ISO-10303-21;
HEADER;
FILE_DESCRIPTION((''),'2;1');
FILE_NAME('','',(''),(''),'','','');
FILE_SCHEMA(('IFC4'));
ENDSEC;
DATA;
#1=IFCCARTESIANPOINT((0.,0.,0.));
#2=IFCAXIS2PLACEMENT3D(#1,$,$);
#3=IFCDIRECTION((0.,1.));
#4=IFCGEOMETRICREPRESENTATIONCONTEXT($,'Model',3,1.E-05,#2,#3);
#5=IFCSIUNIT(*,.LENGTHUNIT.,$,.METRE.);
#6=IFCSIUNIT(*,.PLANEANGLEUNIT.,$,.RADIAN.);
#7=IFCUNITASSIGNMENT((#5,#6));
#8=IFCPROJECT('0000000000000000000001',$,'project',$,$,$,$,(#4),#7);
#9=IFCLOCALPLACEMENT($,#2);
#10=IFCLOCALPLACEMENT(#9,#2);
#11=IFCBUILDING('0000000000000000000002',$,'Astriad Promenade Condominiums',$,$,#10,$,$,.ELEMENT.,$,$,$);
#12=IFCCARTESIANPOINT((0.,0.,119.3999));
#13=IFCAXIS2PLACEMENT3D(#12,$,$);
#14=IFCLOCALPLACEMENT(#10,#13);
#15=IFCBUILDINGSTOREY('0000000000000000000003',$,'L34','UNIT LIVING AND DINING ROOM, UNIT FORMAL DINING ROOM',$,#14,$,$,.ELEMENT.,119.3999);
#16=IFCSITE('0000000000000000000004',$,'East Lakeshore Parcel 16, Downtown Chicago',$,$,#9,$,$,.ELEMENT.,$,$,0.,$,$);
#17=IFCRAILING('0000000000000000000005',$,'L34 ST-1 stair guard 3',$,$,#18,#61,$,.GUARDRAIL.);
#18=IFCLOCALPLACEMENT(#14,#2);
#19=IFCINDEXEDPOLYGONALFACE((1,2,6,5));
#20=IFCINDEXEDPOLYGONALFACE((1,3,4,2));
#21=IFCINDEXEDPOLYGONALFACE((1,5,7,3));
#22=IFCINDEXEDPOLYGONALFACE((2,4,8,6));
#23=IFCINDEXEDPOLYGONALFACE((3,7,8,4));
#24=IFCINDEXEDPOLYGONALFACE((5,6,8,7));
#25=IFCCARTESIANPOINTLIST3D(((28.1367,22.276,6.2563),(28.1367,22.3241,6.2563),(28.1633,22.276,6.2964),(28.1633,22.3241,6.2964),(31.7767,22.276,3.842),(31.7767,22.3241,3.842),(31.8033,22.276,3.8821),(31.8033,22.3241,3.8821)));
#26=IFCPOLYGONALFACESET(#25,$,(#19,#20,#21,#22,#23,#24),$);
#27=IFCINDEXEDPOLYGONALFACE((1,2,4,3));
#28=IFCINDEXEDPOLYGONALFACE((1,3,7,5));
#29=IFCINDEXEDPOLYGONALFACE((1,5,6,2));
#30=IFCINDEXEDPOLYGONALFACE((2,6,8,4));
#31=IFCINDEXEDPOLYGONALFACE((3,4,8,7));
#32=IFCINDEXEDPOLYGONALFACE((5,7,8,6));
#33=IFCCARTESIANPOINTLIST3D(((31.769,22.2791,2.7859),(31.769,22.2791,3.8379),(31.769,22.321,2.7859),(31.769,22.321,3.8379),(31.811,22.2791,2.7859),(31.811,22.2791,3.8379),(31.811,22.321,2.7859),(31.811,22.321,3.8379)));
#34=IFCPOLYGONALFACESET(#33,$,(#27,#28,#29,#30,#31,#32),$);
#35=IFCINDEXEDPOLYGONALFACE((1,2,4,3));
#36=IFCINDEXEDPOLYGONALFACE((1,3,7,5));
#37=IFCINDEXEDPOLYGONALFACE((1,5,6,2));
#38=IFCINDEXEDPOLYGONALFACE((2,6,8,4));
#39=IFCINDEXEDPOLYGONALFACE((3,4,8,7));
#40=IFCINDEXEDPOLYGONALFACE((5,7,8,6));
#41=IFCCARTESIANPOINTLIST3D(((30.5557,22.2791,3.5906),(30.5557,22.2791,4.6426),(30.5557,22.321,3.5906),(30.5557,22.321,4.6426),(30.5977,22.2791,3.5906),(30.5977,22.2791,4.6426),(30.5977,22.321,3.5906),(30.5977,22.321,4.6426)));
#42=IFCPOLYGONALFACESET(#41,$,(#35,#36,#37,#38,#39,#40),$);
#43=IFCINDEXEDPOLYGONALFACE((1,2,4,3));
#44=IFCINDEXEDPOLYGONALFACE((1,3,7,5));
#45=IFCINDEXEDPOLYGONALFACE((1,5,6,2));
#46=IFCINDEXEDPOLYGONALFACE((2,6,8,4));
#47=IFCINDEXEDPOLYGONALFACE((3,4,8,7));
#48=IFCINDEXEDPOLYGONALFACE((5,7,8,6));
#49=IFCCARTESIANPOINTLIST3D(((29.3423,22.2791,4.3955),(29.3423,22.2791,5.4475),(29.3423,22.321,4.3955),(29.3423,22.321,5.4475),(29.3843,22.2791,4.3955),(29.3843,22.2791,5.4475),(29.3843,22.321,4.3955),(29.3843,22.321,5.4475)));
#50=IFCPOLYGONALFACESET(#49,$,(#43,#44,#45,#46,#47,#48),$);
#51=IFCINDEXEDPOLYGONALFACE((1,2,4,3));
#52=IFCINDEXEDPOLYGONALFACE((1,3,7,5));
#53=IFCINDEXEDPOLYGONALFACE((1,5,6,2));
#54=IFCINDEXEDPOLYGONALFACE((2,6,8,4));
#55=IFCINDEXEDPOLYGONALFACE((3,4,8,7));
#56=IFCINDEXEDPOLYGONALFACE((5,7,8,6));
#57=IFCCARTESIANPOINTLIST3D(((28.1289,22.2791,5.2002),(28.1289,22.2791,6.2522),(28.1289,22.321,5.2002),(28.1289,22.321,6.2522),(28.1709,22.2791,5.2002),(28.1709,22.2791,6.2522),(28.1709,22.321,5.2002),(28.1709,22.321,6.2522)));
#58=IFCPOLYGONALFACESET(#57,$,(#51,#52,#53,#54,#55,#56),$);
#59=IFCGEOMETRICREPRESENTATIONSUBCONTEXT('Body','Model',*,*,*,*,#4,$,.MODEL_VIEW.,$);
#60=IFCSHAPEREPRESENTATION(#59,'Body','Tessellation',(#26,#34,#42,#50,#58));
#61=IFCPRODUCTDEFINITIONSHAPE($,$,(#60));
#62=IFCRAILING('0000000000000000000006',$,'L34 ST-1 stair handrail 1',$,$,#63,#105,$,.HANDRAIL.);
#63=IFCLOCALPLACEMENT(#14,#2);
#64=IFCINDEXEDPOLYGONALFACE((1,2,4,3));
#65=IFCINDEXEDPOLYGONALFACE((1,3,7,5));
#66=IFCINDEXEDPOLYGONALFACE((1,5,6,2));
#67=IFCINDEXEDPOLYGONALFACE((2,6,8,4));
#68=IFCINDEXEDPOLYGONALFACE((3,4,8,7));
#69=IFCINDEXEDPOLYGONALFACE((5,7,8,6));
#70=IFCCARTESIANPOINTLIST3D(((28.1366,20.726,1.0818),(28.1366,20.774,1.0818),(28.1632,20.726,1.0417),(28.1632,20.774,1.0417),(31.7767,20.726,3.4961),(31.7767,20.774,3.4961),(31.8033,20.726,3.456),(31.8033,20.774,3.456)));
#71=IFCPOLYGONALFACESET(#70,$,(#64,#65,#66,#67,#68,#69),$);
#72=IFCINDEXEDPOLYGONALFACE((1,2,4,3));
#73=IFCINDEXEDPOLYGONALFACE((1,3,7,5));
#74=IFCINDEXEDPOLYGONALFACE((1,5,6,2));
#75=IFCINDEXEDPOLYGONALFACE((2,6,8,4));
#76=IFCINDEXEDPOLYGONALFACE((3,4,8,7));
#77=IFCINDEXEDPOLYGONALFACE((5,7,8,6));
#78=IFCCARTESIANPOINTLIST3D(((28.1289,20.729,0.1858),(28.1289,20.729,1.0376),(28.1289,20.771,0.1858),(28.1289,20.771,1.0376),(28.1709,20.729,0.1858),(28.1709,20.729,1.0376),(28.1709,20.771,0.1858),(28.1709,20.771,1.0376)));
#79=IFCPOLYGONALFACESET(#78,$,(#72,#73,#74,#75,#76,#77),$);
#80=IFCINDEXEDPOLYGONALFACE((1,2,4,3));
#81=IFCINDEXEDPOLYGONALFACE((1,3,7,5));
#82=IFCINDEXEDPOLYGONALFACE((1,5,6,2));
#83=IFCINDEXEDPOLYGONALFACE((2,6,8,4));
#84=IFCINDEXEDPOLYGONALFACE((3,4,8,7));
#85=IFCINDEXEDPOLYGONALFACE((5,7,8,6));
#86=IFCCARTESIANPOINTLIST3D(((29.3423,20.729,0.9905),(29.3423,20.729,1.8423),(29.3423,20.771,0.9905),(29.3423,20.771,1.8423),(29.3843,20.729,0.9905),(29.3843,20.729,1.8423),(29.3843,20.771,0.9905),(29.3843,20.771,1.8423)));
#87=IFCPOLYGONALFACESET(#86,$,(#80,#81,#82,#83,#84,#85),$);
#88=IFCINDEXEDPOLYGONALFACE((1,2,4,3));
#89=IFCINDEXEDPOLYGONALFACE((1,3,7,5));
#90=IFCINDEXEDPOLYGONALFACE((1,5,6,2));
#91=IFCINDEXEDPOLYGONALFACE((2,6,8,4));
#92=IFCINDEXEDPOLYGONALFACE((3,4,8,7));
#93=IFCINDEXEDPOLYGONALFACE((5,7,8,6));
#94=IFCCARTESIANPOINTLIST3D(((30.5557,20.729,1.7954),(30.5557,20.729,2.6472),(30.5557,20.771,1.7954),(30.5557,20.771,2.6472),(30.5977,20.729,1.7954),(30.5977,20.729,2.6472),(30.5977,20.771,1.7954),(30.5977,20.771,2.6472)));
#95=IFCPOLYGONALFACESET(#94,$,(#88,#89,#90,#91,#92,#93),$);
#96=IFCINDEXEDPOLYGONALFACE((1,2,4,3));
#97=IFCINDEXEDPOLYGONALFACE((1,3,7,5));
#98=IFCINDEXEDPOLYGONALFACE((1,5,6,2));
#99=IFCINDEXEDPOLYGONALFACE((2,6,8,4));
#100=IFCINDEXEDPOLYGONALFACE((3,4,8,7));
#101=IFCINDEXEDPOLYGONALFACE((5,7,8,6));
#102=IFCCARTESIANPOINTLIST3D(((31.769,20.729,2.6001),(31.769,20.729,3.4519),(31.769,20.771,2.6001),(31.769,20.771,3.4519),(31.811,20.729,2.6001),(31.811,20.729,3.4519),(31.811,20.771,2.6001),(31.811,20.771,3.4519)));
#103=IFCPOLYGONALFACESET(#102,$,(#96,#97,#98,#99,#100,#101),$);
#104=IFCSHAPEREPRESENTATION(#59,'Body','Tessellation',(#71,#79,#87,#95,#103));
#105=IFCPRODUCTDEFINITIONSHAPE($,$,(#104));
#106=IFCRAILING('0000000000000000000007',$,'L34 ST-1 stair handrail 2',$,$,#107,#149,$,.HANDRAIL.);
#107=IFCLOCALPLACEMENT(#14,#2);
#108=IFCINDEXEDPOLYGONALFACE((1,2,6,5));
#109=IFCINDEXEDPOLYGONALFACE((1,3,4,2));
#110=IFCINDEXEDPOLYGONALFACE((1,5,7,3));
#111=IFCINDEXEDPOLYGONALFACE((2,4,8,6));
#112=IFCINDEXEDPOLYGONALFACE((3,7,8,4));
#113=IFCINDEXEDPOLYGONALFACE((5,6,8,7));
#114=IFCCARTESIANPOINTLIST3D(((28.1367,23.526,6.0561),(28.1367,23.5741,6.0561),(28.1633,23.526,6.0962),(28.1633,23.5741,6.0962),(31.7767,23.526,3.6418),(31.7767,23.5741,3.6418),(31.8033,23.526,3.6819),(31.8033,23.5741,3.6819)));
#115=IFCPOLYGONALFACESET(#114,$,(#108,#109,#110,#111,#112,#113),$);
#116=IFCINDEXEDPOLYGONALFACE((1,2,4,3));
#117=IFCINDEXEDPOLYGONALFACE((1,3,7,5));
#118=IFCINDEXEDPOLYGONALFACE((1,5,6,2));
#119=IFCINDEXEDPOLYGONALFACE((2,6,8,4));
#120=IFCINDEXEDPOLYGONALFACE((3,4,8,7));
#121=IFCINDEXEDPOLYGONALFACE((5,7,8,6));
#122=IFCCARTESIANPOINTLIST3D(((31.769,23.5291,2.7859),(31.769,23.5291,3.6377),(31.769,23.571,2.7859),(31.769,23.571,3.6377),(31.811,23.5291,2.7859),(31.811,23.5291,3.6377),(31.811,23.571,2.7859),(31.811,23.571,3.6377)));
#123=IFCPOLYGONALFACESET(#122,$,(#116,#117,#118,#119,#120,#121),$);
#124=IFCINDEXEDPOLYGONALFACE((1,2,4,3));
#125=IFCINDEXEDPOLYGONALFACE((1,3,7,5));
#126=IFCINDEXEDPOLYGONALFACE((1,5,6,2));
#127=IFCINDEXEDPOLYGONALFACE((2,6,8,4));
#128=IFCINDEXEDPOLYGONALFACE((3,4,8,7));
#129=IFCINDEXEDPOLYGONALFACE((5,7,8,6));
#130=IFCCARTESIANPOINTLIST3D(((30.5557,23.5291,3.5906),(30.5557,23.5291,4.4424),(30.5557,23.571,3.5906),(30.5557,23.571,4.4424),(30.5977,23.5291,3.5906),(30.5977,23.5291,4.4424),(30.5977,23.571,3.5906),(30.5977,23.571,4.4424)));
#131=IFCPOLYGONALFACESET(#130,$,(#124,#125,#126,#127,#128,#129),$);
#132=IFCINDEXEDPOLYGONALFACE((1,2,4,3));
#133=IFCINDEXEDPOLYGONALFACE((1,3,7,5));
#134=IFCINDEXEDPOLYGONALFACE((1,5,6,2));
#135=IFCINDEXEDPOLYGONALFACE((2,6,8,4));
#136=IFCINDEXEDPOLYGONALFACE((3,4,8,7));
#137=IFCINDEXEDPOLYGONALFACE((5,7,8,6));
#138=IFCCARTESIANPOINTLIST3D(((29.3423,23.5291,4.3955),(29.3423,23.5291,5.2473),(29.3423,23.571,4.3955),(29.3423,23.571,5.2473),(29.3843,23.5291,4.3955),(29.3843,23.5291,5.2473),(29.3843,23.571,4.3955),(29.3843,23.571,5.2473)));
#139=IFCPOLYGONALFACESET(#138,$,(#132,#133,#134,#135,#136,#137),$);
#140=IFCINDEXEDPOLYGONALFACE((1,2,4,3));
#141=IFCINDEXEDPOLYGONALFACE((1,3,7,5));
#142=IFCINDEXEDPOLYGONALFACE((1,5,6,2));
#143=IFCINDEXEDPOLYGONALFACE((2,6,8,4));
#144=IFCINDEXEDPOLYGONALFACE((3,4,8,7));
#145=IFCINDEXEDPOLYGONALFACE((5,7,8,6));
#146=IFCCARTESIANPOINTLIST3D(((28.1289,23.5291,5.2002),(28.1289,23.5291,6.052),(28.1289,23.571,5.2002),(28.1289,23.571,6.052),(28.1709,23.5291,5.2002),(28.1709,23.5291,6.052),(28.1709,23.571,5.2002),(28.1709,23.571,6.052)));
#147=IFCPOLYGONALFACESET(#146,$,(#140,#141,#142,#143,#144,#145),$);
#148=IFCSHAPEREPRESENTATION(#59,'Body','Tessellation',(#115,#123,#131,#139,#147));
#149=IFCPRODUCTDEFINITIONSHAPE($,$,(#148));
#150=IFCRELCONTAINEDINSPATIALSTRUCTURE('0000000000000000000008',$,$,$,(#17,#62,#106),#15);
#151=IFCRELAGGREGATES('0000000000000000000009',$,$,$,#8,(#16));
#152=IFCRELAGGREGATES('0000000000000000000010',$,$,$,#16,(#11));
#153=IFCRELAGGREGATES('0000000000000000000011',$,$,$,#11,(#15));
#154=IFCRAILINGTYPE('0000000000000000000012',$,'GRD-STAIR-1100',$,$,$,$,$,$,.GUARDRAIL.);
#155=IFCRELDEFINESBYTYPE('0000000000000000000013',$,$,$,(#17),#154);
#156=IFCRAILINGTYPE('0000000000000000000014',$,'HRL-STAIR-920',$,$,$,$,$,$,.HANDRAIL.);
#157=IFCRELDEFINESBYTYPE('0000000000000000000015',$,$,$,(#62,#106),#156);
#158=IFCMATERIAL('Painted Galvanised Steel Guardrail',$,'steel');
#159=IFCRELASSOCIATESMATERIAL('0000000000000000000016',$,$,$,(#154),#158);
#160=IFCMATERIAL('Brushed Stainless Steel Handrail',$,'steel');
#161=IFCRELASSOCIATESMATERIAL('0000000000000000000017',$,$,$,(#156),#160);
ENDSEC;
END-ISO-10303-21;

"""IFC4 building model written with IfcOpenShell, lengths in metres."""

from ifc_helpers import new_model, si_unit, direction, frame, origin, origin_2d, place, context, subcontext, project, spatial, rectangle, extrude, source, transform, mapped, material, type_object, type_shapes, element, save


model = new_model("IFC4")

# Units and contexts
model_context = context("Model", 3, precision=1e-05, world=origin(), true_north=direction((0.0, 1.0)))
body_context = subcontext(model_context, "Body", "Model", "MODEL_VIEW")
ifc_project = project(units=[si_unit("LENGTHUNIT", "METRE"), si_unit("PLANEANGLEUNIT", "RADIAN")], contexts=[model_context])

# Site, building, storey
site_placement = place(None, origin())
site = spatial("IfcSite", under=ifc_project, at=site_placement, Name="East Lakeshore Parcel 16, Downtown Chicago", CompositionType="ELEMENT", RefElevation=0.0)
building_placement = place(site_placement, origin())
building = spatial("IfcBuilding", under=site, at=building_placement, Name="Astriad Promenade Condominiums", CompositionType="ELEMENT")
storey_placement = place(building_placement, frame((0.0, 0.0, 119.3999)))
storey = spatial("IfcBuildingStorey", under=building, at=storey_placement, Name="L34", Description="UNIT LIVING AND DINING ROOM, UNIT FORMAL DINING ROOM", CompositionType="ELEMENT", Elevation=119.3999)

# Railings
ifc_material_1 = material(Name="Painted Galvanised Steel Guardrail", Category="steel")
railing_type_1 = type_object("IfcRailingType", Name="GRD-STAIR-1100", PredefinedType="GUARDRAIL", material=ifc_material_1)
shared_shape_1 = source(origin(), body_context, "Body", "SweptSolid", [
    extrude(rectangle(XDim=0.0481, YDim=0.0481, at=origin_2d()), frame((0.0, 0.0, 1.0762), z_axis=(-0.833364, 0.0, 0.552725), x_axis=(0.0, -1.0, 0.0)), (0.0, 0.0, 1.0), 4.3679),
    extrude(rectangle(XDim=0.042, YDim=0.042, at=origin_2d()), origin(), (0.0, 0.0, 1.0), 1.052),
    extrude(rectangle(XDim=0.042, YDim=0.042, at=origin_2d()), frame((-1.2134, 0.0, 0.8047)), (0.0, 0.0, 1.0), 1.052),
    extrude(rectangle(XDim=0.042, YDim=0.042, at=origin_2d()), frame((-2.4268, 0.0, 1.6096)), (0.0, 0.0, 1.0), 1.052),
    extrude(rectangle(XDim=0.042, YDim=0.042, at=origin_2d()), frame((-3.6401, 0.0, 2.4143)), (0.0, 0.0, 1.0), 1.052),
])
railing_1_placement = place(storey_placement, frame((31.79, 22.3, 2.7859)))
element("IfcRailing", 1, at=railing_1_placement, inside=storey, type_object=railing_type_1, Name="L34 ST-1 stair guard 3", PredefinedType="GUARDRAIL", context=body_context, shape_type="MappedRepresentation", body=[
    mapped(shared_shape_1, transform((0.0, 0.0, 0.0), scale=1.0)),
])
ifc_material_2 = material(Name="Brushed Stainless Steel Handrail", Category="steel")
railing_type_2 = type_object("IfcRailingType", Name="HRL-STAIR-920", PredefinedType="HANDRAIL", material=ifc_material_2)
shared_shape_2 = source(origin(), body_context, "Body", "SweptSolid", [
    extrude(rectangle(XDim=0.0481, YDim=0.0481, at=origin_2d()), frame((0.0, 0.0, 0.876), z_axis=(0.833364, 0.0, 0.552725), x_axis=(0.0, 1.0, 0.0)), (0.0, 0.0, 1.0), 4.3679),
    extrude(rectangle(XDim=0.042, YDim=0.042, at=origin_2d()), origin(), (0.0, 0.0, 1.0), 0.8518),
    extrude(rectangle(XDim=0.042, YDim=0.042, at=origin_2d()), frame((1.2134, 0.0, 0.8047)), (0.0, 0.0, 1.0), 0.8518),
    extrude(rectangle(XDim=0.042, YDim=0.042, at=origin_2d()), frame((2.4268, 0.0, 1.6096)), (0.0, 0.0, 1.0), 0.8518),
    extrude(rectangle(XDim=0.042, YDim=0.042, at=origin_2d()), frame((3.6401, 0.0, 2.4143)), (0.0, 0.0, 1.0), 0.8518),
])
railing_2_placement = place(storey_placement, frame((28.1499, 20.75, 0.1858)))
element("IfcRailing", 2, at=railing_2_placement, inside=storey, type_object=railing_type_2, Name="L34 ST-1 stair handrail 1", PredefinedType="HANDRAIL", context=body_context, shape_type="MappedRepresentation", body=[
    mapped(shared_shape_2, transform((0.0, 0.0, 0.0), scale=1.0)),
])
shared_shape_3 = source(origin(), body_context, "Body", "SweptSolid", [
    extrude(rectangle(XDim=0.0481, YDim=0.0481, at=origin_2d()), frame((0.0, 0.0, 0.876), z_axis=(-0.833364, 0.0, 0.552725), x_axis=(0.0, -1.0, 0.0)), (0.0, 0.0, 1.0), 4.3679),
    extrude(rectangle(XDim=0.042, YDim=0.042, at=origin_2d()), origin(), (0.0, 0.0, 1.0), 0.8518),
    extrude(rectangle(XDim=0.042, YDim=0.042, at=origin_2d()), frame((-1.2134, 0.0, 0.8047)), (0.0, 0.0, 1.0), 0.8518),
    extrude(rectangle(XDim=0.042, YDim=0.042, at=origin_2d()), frame((-2.4268, 0.0, 1.6096)), (0.0, 0.0, 1.0), 0.8518),
    extrude(rectangle(XDim=0.042, YDim=0.042, at=origin_2d()), frame((-3.6401, 0.0, 2.4143)), (0.0, 0.0, 1.0), 0.8518),
])
type_shapes(railing_type_2, [shared_shape_2, shared_shape_3])
railing_3_placement = place(storey_placement, frame((31.79, 23.55, 2.7859)))
element("IfcRailing", 3, at=railing_3_placement, inside=storey, type_object=railing_type_2, Name="L34 ST-1 stair handrail 2", PredefinedType="HANDRAIL", context=body_context, shape_type="MappedRepresentation", body=[
    mapped(shared_shape_3, transform((0.0, 0.0, 0.0), scale=1.0)),
])

save(model, "model.ifc")
